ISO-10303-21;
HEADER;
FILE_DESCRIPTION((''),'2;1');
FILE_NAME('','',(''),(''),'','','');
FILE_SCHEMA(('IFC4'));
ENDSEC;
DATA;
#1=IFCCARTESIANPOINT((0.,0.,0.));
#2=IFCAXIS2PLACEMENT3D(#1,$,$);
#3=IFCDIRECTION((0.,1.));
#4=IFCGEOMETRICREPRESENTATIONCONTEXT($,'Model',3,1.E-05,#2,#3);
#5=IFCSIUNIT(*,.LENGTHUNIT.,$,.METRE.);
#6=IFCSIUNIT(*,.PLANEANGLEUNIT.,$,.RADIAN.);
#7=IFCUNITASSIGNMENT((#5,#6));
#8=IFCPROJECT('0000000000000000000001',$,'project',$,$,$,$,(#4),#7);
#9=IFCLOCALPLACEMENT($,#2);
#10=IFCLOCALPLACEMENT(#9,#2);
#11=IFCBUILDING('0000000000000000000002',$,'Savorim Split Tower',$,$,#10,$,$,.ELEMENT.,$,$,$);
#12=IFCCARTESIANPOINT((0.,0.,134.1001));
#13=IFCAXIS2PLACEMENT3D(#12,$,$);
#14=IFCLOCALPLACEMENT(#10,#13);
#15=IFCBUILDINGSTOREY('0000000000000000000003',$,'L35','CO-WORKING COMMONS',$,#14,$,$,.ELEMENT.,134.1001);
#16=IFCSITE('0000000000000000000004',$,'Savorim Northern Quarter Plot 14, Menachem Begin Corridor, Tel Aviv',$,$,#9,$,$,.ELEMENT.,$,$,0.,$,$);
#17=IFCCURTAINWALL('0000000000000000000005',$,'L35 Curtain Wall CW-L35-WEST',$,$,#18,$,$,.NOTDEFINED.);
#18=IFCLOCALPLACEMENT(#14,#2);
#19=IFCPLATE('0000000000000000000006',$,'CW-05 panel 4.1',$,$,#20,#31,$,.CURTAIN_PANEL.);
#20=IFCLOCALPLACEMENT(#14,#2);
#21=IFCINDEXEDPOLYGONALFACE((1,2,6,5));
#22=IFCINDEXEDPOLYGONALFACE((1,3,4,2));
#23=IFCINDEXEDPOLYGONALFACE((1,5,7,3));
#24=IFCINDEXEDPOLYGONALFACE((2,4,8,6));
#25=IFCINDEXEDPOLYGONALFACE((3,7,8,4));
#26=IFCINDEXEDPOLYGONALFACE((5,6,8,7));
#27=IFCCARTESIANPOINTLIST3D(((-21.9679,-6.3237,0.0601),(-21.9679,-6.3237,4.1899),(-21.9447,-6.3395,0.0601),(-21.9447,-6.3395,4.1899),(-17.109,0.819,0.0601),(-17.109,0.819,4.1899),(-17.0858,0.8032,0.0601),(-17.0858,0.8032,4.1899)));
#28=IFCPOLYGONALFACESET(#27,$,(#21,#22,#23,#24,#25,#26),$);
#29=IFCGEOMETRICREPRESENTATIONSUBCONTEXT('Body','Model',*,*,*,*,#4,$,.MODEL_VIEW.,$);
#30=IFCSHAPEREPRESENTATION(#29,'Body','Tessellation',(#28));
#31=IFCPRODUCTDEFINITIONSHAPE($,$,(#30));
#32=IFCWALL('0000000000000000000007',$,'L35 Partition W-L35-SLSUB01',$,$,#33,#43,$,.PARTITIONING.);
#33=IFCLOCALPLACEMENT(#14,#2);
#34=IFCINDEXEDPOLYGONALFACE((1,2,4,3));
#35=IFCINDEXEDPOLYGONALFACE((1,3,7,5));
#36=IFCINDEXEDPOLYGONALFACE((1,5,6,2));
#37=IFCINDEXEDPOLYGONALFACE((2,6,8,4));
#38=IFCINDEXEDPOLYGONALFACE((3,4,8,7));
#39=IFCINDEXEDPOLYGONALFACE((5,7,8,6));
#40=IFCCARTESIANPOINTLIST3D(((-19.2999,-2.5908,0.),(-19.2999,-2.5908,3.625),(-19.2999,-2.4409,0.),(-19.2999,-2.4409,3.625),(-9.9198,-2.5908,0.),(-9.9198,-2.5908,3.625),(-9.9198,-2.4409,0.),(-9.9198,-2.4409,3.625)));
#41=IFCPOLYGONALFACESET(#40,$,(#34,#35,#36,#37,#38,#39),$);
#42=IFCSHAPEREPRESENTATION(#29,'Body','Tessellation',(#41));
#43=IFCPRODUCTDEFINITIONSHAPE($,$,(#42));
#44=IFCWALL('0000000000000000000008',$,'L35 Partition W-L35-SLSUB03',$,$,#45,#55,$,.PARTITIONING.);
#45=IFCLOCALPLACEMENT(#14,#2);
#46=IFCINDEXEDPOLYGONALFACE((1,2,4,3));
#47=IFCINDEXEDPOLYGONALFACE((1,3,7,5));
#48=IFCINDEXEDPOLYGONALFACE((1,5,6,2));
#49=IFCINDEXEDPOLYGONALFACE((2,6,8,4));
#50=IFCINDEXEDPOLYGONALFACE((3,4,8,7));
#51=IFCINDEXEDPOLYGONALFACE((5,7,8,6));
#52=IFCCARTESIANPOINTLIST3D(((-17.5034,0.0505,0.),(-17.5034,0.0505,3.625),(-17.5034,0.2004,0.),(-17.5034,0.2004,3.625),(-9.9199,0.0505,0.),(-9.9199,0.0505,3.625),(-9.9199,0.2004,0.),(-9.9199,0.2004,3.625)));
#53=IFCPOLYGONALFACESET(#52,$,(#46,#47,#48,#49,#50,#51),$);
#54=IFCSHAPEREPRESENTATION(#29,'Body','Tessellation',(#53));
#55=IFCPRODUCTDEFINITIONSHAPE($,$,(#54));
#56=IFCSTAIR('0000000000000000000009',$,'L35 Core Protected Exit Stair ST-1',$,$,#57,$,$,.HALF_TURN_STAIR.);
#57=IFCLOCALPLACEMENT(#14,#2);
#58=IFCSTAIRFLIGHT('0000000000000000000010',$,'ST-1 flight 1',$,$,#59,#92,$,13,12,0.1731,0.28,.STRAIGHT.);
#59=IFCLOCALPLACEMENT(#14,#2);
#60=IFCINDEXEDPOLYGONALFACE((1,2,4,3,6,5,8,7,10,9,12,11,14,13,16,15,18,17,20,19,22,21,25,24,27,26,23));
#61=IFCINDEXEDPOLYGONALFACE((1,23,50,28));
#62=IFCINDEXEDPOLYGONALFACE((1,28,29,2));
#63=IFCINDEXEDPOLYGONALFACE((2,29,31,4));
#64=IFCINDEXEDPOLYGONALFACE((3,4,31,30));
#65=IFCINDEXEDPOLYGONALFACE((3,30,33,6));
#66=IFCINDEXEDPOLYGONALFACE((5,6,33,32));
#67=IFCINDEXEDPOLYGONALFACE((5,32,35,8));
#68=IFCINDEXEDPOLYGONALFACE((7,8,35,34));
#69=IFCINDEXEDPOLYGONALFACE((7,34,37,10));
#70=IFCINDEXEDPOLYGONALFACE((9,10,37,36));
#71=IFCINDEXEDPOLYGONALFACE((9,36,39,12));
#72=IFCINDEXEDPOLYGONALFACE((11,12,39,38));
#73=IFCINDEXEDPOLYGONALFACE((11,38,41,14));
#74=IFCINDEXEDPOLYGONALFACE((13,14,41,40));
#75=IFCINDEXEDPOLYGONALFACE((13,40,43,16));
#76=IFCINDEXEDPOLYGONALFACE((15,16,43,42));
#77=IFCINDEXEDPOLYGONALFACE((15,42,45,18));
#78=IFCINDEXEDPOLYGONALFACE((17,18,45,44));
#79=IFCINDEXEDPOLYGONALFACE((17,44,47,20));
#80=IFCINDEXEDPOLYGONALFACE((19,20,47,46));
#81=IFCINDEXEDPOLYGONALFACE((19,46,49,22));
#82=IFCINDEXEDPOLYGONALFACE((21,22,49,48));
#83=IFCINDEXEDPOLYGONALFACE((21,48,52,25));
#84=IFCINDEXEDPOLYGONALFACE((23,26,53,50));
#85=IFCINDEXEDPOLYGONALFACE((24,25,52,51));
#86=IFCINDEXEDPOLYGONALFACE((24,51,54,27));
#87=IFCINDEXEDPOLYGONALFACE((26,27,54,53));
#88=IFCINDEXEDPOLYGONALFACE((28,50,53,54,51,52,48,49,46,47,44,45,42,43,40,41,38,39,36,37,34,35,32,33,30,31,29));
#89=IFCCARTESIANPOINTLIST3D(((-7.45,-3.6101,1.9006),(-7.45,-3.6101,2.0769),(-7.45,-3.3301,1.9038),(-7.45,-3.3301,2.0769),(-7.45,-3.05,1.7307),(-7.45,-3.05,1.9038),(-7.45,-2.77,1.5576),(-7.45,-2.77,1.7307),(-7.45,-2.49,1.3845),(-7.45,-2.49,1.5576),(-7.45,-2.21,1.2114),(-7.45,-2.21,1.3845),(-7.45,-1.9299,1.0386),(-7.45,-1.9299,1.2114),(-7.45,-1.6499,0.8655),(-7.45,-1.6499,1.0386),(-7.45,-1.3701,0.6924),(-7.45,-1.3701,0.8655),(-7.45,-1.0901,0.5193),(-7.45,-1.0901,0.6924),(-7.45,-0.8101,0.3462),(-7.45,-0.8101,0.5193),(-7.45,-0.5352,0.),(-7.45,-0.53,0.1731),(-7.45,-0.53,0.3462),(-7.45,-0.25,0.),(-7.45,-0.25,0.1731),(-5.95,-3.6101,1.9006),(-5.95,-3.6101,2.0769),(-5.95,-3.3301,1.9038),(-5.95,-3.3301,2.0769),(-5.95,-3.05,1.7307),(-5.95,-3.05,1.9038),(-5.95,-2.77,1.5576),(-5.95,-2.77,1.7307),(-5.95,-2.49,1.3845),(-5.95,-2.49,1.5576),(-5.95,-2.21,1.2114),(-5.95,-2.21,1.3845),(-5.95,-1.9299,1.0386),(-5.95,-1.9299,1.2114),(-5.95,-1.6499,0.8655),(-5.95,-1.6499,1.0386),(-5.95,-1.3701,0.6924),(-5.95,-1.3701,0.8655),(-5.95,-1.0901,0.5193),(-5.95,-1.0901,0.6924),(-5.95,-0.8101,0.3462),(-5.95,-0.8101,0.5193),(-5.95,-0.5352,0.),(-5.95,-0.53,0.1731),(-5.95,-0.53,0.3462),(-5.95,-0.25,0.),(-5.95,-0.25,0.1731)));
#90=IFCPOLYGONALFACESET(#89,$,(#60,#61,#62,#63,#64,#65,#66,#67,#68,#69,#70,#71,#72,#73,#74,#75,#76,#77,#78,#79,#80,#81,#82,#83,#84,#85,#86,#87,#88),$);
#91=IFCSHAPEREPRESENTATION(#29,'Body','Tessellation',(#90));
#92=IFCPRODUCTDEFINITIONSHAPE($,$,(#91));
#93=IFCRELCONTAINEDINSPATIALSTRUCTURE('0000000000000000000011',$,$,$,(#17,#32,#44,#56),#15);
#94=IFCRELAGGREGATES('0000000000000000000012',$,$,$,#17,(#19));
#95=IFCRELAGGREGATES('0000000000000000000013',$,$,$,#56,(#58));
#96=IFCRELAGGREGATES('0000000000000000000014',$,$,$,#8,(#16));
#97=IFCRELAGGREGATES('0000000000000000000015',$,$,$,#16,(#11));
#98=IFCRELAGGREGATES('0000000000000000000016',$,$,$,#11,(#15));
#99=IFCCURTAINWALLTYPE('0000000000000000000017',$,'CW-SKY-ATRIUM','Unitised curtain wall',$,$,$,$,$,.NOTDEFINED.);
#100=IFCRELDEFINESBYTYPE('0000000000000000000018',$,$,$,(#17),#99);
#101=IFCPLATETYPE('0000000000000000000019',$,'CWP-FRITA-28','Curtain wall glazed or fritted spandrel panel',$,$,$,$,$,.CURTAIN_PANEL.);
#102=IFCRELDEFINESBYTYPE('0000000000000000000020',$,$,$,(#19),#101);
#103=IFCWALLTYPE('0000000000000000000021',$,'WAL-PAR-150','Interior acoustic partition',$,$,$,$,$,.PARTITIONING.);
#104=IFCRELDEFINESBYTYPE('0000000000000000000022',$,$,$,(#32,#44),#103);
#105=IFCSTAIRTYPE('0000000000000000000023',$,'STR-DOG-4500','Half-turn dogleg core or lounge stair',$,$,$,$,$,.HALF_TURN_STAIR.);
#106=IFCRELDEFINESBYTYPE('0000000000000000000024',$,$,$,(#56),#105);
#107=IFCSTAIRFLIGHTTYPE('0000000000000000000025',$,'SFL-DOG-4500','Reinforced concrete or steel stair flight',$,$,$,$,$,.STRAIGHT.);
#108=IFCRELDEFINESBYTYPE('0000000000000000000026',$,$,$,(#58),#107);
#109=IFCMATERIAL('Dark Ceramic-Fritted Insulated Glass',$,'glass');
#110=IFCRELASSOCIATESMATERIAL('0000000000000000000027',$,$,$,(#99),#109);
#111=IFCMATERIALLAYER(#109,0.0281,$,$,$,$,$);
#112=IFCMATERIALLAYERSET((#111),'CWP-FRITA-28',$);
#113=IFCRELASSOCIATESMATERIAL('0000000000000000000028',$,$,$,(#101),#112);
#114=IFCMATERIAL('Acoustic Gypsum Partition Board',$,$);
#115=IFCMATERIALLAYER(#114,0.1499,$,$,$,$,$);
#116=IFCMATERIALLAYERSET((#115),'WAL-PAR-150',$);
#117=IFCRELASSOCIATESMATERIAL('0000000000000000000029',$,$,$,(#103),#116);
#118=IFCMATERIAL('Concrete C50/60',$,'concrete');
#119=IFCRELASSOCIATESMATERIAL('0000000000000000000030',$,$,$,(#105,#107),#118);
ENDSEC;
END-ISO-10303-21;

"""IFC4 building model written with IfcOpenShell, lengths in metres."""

from ifc_helpers import new_model, si_unit, direction, frame, frame_2d, origin, origin_2d, place, context, subcontext, project, spatial, polyline, rectangle, outline, extrude, material, layer, layer_set, type_object, element, aggregate, save


model = new_model("IFC4")

# Units and contexts
model_context = context("Model", 3, precision=1e-05, world=origin(), true_north=direction((0.0, 1.0)))
body_context = subcontext(model_context, "Body", "Model", "MODEL_VIEW")
ifc_project = project(units=[si_unit("LENGTHUNIT", "METRE"), si_unit("PLANEANGLEUNIT", "RADIAN")], contexts=[model_context])

# Site, building, storey
site_placement = place(None, origin())
site = spatial("IfcSite", under=ifc_project, at=site_placement, Name="Savorim Northern Quarter Plot 14, Menachem Begin Corridor, Tel Aviv", CompositionType="ELEMENT", RefElevation=0.0)
building_placement = place(site_placement, origin())
building = spatial("IfcBuilding", under=site, at=building_placement, Name="Savorim Split Tower", CompositionType="ELEMENT")
storey_placement = place(building_placement, frame((0.0, 0.0, 134.1001)))
storey = spatial("IfcBuildingStorey", under=building, at=storey_placement, Name="L35", Description="CO-WORKING COMMONS", CompositionType="ELEMENT", Elevation=134.1001)

# Curtain wall, plate
ifc_material_1 = material(Name="Dark Ceramic-Fritted Insulated Glass", Category="glass")
curtain_wall_type = type_object("IfcCurtainWallType", Name="CW-SKY-ATRIUM", Description="Unitised curtain wall", PredefinedType="NOTDEFINED", material=ifc_material_1)
curtain_wall_placement = place(storey_placement, origin())
curtain_wall = element("IfcCurtainWall", 1, at=curtain_wall_placement, inside=storey, type_object=curtain_wall_type, Name="L35 Curtain Wall CW-L35-WEST", PredefinedType="NOTDEFINED")
ifc_layer_1 = layer(ifc_material_1, 0.0281)
ifc_layer_set_1 = layer_set([ifc_layer_1], Name="CWP-FRITA-28")
plate_type = type_object("IfcPlateType", Name="CWP-FRITA-28", Description="Curtain wall glazed or fritted spandrel panel", PredefinedType="CURTAIN_PANEL", material=ifc_layer_set_1)
plate_placement = place(storey_placement, frame((-19.5269, -2.7603, 0.0601), z_axis=(0.0, 0.0, 1.0), x_axis=(-0.562467, -0.82682, 0.0)))
plate = element("IfcPlate", 2, at=plate_placement, type_object=plate_type, Name="CW-05 panel 4.1", PredefinedType="CURTAIN_PANEL", context=body_context, shape_type="SweptSolid", body=[
    extrude(rectangle(XDim=8.6387, YDim=0.0281, at=origin_2d()), origin(), (0.0, 0.0, 1.0), 4.1299),
])
aggregate(curtain_wall, [plate])

# Shared definitions
ifc_material_2 = material(Name="Concrete C50/60", Category="concrete")

# Walls
ifc_material_3 = material(Name="Acoustic Gypsum Partition Board")
ifc_layer_2 = layer(ifc_material_3, 0.1499)
ifc_layer_set_2 = layer_set([ifc_layer_2], Name="WAL-PAR-150")
wall_type_1 = type_object("IfcWallType", Name="WAL-PAR-150", Description="Interior acoustic partition", PredefinedType="PARTITIONING", material=ifc_layer_set_2)
wall_1_placement = place(storey_placement, frame((-9.9199, -2.5159, 0.0), z_axis=(0.0, 0.0, 1.0), x_axis=(-1.0, 0.0, 0.0)))
element("IfcWall", 3, at=wall_1_placement, inside=storey, type_object=wall_type_1, Name="L35 Partition W-L35-SLSUB01", PredefinedType="PARTITIONING", context=body_context, shape_type="SweptSolid", body=[
    extrude(rectangle(XDim=9.3801, YDim=0.1499, at=frame_2d((4.6899, 0.0))), origin(), (0.0, 0.0, 1.0), 3.625),
])
wall_2_placement = place(storey_placement, frame((-9.9199, 0.1255, 0.0), z_axis=(0.0, 0.0, 1.0), x_axis=(-1.0, 0.0, 0.0)))
element("IfcWall", 4, at=wall_2_placement, inside=storey, type_object=wall_type_1, Name="L35 Partition W-L35-SLSUB03", PredefinedType="PARTITIONING", context=body_context, shape_type="SweptSolid", body=[
    extrude(rectangle(XDim=7.5835, YDim=0.1499, at=frame_2d((3.7917, 0.0))), origin(), (0.0, 0.0, 1.0), 3.625),
])

# Stair, stair flight
stair_type = type_object("IfcStairType", Name="STR-DOG-4500", Description="Half-turn dogleg core or lounge stair", PredefinedType="HALF_TURN_STAIR", material=ifc_material_2)
stair_placement = place(storey_placement, origin())
stair = element("IfcStair", 5, at=stair_placement, inside=storey, type_object=stair_type, Name="L35 Core Protected Exit Stair ST-1", PredefinedType="HALF_TURN_STAIR")
stair_flight_type = type_object("IfcStairFlightType", Name="SFL-DOG-4500", Description="Reinforced concrete or steel stair flight", PredefinedType="STRAIGHT", material=ifc_material_2)
stair_flight_placement = place(storey_placement, frame((-6.7, -0.25, 0.0), z_axis=(0.0, 0.0, 1.0), x_axis=(0.0, -1.0, 0.0)))
stair_flight = element("IfcStairFlight", 6, at=stair_flight_placement, type_object=stair_flight_type, Name="ST-1 flight 1", NumberOfRisers=13, NumberOfTreads=12, PredefinedType="STRAIGHT", RiserHeight=0.1731, TreadLength=0.28, context=body_context, shape_type="SweptSolid", body=[
    extrude(outline(polyline([(0.0, 0.0), (0.0, 0.1731), (0.28, 0.1731), (0.28, 0.3462), (0.5601, 0.3462), (0.5601, 0.5193), (0.8401, 0.5193), (0.8401, 0.6924), (1.1201, 0.6924), (1.1201, 0.8655), (1.3999, 0.8655), (1.3999, 1.0386), (1.6799, 1.0386), (1.6799, 1.2114), (1.96, 1.2114), (1.96, 1.3845), (2.24, 1.3845), (2.24, 1.5576), (2.52, 1.5576), (2.52, 1.7307), (2.8, 1.7307), (2.8, 1.9038), (3.0801, 1.9038), (3.0801, 2.0769), (3.3601, 2.0769), (3.3601, 2.25), (3.3601, 1.9006), (0.2852, 0.0), (0.0, 0.0)])), frame((0.0, 0.75, 0.0), z_axis=(0.0, -1.0, 0.0), x_axis=(1.0, 0.0, 0.0)), (0.0, 0.0, 1.0), 1.5),
])
aggregate(stair, [stair_flight])

save(model, "model.ifc")
